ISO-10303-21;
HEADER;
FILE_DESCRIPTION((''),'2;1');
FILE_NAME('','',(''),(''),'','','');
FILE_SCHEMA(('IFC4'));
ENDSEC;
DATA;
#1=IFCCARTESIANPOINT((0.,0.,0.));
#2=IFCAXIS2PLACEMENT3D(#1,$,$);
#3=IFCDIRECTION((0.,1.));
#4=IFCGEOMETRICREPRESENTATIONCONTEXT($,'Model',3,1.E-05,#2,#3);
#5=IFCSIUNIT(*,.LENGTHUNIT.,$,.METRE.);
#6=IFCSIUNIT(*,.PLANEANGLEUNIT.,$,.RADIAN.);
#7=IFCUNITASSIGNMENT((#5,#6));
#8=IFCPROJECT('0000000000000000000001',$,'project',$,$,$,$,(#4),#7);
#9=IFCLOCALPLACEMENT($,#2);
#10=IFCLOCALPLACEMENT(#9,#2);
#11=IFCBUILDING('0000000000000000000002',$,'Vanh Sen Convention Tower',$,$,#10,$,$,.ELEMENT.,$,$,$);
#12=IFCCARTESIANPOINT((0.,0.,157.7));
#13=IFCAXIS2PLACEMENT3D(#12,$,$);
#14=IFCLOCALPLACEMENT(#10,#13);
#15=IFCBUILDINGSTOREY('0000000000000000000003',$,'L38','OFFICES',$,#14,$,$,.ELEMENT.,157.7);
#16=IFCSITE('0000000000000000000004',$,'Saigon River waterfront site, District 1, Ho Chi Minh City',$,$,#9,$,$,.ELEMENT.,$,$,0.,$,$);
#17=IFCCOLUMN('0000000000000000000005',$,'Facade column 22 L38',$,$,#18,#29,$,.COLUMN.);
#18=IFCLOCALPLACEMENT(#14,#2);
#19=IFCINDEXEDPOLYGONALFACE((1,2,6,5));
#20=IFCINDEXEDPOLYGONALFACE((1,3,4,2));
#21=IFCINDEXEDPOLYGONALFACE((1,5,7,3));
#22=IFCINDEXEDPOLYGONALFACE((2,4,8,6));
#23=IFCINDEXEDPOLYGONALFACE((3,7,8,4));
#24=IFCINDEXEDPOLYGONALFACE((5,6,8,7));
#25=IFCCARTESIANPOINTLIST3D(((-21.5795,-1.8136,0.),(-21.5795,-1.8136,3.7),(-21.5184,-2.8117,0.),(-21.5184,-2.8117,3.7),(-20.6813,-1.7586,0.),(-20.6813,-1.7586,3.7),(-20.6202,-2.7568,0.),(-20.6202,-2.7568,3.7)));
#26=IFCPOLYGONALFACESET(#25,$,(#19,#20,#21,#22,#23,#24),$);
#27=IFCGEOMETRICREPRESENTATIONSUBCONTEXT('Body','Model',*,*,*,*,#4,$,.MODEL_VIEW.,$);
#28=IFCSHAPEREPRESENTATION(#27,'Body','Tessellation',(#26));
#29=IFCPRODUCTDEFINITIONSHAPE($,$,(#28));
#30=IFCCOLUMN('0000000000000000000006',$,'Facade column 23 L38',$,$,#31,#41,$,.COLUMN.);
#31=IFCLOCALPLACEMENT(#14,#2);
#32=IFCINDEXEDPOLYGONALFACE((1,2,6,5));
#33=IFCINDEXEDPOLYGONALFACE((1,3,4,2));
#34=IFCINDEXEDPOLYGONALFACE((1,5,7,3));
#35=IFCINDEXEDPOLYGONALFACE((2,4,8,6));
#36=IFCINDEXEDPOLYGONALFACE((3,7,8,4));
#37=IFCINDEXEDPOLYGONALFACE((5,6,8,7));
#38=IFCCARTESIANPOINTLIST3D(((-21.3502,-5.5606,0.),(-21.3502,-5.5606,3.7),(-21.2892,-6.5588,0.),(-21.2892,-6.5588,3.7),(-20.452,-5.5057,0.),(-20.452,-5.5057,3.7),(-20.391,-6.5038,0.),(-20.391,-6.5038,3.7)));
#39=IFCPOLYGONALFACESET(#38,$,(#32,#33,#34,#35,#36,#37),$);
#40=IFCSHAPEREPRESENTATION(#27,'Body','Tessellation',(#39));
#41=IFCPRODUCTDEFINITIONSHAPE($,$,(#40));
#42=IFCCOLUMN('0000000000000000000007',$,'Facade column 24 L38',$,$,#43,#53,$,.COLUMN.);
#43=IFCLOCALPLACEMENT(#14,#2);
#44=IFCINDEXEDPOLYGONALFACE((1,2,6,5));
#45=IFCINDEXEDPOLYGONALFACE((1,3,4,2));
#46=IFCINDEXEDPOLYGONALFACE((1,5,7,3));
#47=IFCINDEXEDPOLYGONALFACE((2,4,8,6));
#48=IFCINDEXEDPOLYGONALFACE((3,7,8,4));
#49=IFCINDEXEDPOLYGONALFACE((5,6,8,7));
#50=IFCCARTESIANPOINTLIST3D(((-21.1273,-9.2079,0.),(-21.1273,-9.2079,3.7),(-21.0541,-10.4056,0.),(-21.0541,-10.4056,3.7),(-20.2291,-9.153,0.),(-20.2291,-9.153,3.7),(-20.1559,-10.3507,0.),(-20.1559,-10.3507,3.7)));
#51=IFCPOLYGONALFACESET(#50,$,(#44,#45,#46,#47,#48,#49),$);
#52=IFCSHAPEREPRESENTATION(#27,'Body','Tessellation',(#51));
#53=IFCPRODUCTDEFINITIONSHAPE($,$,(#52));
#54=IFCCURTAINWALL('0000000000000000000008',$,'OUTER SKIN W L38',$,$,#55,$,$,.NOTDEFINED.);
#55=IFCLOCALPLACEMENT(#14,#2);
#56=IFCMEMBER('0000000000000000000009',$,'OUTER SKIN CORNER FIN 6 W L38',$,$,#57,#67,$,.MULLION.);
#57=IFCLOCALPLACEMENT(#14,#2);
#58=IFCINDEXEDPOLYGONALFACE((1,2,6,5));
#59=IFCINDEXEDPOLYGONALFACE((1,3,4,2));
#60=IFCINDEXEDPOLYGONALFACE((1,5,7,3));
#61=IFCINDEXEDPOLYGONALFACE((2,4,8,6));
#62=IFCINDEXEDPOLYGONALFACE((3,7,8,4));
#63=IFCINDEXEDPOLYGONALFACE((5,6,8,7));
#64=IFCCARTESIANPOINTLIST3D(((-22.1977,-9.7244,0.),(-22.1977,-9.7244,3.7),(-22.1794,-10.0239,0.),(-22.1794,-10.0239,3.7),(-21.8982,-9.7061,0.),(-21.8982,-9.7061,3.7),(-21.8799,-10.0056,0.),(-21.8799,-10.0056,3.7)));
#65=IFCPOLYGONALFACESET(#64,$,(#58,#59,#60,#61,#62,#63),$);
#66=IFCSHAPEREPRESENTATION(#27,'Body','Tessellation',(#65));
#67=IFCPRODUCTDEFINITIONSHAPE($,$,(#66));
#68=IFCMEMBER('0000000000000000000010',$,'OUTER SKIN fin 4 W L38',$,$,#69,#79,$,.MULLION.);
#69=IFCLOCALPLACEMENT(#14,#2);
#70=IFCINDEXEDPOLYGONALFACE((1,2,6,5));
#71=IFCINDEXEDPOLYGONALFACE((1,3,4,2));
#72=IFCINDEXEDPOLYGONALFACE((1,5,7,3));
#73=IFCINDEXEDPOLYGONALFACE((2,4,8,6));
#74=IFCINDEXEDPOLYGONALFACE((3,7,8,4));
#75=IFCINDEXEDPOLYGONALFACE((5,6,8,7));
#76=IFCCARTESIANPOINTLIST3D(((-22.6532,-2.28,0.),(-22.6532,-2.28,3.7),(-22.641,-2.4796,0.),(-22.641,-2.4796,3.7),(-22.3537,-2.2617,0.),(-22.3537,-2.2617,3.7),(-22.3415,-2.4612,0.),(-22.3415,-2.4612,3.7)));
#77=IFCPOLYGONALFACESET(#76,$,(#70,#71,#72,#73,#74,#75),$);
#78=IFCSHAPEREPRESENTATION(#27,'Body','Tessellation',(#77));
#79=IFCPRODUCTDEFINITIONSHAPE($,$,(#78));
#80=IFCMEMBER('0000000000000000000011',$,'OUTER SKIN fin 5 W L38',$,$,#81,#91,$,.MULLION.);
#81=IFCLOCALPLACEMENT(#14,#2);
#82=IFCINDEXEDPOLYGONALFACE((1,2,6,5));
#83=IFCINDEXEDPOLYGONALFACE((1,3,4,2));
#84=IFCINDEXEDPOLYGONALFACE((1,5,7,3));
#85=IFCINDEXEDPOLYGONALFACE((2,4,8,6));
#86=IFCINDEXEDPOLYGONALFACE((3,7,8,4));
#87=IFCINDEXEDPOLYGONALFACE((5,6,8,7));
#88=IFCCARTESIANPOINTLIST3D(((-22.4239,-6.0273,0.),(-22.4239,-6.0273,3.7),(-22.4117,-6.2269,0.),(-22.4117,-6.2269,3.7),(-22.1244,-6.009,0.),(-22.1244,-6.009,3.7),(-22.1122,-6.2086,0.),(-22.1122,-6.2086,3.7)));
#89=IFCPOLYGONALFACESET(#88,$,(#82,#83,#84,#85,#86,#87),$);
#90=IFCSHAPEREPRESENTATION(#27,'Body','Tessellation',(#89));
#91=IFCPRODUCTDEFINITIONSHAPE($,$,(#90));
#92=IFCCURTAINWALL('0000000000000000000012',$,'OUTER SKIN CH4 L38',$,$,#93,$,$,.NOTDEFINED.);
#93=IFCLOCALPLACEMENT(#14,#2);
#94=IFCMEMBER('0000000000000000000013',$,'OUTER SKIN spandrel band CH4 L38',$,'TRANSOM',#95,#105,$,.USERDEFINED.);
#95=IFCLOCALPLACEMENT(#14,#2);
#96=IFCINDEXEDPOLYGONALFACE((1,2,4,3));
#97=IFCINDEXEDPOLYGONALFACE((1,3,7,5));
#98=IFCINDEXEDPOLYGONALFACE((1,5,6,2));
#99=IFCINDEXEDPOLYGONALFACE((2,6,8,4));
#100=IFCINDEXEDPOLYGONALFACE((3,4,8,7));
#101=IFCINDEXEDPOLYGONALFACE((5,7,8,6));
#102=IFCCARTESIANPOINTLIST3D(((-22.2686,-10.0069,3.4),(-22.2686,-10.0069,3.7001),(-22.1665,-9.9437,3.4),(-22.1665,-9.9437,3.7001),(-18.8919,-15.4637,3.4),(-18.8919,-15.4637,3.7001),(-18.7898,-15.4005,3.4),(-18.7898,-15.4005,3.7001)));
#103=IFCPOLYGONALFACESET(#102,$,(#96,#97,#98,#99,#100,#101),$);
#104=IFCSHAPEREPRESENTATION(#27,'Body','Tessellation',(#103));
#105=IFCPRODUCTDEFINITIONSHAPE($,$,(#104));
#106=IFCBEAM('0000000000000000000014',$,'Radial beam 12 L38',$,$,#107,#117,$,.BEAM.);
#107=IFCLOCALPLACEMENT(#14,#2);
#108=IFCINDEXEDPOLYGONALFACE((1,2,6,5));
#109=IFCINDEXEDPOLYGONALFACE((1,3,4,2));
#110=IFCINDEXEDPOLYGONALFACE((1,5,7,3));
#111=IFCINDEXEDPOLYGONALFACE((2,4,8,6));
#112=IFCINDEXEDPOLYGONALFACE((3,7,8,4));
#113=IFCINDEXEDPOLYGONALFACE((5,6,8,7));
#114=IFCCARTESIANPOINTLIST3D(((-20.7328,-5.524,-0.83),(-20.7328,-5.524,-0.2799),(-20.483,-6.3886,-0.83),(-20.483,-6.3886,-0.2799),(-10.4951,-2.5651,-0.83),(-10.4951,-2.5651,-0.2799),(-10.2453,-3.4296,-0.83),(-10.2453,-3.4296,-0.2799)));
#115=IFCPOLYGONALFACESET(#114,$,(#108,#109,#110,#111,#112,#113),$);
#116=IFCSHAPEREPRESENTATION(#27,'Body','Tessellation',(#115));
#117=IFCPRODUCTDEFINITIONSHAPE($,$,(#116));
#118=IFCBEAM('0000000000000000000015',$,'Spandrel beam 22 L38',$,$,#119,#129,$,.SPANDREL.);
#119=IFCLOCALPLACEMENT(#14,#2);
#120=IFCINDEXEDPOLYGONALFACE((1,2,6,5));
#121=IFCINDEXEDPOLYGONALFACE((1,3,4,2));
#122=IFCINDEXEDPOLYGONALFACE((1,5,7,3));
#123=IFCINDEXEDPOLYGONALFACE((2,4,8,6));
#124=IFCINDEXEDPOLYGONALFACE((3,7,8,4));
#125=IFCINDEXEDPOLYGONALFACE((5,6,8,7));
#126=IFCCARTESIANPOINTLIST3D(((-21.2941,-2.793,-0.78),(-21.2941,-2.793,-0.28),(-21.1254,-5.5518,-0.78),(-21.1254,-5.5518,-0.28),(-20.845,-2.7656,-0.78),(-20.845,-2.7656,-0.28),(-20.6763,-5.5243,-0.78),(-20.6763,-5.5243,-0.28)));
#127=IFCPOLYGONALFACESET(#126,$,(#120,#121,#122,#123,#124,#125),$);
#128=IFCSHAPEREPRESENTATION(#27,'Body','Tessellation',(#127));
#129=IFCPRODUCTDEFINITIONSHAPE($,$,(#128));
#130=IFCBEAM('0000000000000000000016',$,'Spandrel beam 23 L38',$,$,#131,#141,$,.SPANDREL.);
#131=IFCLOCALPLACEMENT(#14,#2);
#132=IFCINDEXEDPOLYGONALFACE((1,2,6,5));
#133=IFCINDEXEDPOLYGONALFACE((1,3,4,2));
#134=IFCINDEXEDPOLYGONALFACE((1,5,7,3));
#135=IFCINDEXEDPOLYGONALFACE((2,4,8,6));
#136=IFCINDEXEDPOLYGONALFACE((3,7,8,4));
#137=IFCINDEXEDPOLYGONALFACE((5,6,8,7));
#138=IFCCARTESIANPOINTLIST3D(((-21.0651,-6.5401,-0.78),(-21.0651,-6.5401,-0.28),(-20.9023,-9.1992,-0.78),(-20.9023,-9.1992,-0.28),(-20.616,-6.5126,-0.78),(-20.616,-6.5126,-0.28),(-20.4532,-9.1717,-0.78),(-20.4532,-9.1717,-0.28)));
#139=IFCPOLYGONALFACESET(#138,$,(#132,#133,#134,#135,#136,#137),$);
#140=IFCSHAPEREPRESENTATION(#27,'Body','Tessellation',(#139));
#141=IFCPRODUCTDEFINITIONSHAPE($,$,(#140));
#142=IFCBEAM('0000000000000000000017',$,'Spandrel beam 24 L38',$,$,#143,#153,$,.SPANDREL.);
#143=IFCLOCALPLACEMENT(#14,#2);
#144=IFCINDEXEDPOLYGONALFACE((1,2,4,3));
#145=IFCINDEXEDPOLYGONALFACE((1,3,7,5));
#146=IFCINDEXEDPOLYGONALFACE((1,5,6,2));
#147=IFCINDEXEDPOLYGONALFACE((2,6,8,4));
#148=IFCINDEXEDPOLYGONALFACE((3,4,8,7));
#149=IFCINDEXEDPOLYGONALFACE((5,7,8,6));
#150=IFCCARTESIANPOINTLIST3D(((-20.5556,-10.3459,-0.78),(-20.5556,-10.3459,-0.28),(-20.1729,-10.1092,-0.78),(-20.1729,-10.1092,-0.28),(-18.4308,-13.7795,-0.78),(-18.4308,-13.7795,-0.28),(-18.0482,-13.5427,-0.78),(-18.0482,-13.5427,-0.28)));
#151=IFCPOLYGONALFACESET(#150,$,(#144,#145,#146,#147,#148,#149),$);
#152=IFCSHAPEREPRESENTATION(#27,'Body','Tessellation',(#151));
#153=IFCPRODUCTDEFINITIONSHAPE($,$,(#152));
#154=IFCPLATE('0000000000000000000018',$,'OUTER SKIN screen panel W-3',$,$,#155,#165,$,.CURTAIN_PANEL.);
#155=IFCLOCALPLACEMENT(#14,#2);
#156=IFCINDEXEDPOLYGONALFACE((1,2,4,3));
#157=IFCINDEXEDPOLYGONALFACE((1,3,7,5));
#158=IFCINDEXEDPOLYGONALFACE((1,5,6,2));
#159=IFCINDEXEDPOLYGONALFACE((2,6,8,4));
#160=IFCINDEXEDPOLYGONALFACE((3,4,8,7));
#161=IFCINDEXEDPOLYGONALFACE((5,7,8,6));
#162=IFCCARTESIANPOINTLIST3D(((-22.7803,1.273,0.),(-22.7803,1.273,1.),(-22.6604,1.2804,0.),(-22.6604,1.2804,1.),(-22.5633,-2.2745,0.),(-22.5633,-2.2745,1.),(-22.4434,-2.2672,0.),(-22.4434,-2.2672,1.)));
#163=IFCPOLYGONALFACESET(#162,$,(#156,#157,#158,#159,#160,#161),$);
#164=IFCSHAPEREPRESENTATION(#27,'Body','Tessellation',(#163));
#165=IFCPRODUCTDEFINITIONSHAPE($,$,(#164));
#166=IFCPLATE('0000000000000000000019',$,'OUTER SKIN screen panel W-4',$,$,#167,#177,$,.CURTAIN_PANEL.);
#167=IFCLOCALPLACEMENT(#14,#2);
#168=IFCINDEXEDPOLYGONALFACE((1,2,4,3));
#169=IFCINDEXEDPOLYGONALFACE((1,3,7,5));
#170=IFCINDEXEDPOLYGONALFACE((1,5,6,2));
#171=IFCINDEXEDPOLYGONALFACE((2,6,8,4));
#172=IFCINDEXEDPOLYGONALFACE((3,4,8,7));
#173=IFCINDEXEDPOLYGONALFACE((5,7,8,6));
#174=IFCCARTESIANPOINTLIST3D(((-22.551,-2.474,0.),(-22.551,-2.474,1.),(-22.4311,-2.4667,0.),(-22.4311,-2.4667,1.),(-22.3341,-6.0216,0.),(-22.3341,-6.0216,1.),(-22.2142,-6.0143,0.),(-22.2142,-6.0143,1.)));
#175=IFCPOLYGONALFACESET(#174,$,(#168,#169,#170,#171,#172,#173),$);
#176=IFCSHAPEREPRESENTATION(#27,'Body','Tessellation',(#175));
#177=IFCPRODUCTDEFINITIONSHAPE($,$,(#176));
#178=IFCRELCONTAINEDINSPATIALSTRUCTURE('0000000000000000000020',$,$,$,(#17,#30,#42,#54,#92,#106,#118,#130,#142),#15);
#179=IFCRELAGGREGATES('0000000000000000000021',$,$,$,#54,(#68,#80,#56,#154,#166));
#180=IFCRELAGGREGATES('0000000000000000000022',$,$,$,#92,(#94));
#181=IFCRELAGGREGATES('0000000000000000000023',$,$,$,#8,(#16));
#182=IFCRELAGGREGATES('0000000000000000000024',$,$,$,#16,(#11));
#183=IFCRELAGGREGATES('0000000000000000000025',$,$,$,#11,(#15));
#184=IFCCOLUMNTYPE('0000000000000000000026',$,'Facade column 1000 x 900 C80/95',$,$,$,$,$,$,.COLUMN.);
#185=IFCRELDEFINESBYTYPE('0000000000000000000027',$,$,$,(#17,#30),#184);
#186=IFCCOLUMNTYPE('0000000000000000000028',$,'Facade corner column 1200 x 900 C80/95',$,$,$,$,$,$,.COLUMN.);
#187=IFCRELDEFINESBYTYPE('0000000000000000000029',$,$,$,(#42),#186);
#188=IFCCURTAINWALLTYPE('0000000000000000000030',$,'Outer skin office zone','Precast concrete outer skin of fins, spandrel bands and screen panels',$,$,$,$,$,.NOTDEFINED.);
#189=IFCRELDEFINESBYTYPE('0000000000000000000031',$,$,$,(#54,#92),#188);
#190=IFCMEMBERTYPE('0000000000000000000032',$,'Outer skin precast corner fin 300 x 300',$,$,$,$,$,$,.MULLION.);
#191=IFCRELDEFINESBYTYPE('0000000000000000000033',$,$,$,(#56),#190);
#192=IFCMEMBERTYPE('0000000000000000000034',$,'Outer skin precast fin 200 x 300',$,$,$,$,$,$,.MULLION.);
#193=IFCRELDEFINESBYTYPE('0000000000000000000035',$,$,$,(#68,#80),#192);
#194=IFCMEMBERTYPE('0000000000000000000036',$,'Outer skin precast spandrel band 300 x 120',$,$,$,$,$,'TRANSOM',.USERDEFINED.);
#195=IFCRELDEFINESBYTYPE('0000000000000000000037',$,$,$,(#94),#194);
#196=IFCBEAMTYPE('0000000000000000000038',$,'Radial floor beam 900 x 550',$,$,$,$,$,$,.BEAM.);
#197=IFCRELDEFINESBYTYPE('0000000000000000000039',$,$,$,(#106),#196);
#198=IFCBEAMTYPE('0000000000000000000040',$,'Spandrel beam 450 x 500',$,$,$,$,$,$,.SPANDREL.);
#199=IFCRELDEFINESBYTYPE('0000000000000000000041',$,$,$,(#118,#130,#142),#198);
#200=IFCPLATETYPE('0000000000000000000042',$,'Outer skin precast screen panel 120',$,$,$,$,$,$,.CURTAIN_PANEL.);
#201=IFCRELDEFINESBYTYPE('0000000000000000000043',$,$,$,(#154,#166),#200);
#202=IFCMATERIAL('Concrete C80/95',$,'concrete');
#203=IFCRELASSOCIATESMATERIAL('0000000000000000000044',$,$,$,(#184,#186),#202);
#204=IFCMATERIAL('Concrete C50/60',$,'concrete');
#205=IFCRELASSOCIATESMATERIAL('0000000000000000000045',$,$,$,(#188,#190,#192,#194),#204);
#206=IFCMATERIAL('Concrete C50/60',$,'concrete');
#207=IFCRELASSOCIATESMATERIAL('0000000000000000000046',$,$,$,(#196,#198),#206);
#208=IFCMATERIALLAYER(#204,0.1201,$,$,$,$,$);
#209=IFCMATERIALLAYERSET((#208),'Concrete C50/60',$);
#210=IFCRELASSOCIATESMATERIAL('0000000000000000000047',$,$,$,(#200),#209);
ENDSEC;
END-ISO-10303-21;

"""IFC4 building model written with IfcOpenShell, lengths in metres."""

from ifc_helpers import new_model, si_unit, direction, frame, origin, origin_2d, place, context, subcontext, project, spatial, rectangle, extrude, material, layer, layer_set, material_profile, profile_set, type_object, element, aggregate, save


model = new_model("IFC4")

# Units and contexts
model_context = context("Model", 3, precision=1e-05, world=origin(), true_north=direction((0.0, 1.0)))
body_context = subcontext(model_context, "Body", "Model", "MODEL_VIEW")
ifc_project = project(units=[si_unit("LENGTHUNIT", "METRE"), si_unit("PLANEANGLEUNIT", "RADIAN")], contexts=[model_context])

# Site, building, storey
site_placement = place(None, origin())
site = spatial("IfcSite", under=ifc_project, at=site_placement, Name="Saigon River waterfront site, District 1, Ho Chi Minh City", CompositionType="ELEMENT", RefElevation=0.0)
building_placement = place(site_placement, origin())
building = spatial("IfcBuilding", under=site, at=building_placement, Name="Vanh Sen Convention Tower", CompositionType="ELEMENT")
storey_placement = place(building_placement, frame((0.0, 0.0, 157.7)))
storey = spatial("IfcBuildingStorey", under=building, at=storey_placement, Name="L38", Description="OFFICES", CompositionType="ELEMENT", Elevation=157.7)

# Columns
ifc_material_1 = material(Name="Concrete C80/95", Category="concrete")
ifc_material_profile_1 = material_profile(ifc_material_1, rectangle(XDim=1.0, YDim=0.8999, at=origin_2d()), Name="RC 1000X900")
ifc_profile_set_1 = profile_set([ifc_material_profile_1], Name="Concrete C80/95")
column_type_1 = type_object("IfcColumnType", Name="Facade column 1000 x 900 C80/95", PredefinedType="COLUMN", material=ifc_profile_set_1)
for number, where, z_axis, x_axis, name in (
    (1, (-21.0999, -2.2852, 0.0), (0.0, 0.0, 1.0), (0.061049, -0.998135, 0.0), "Facade column 22 L38"),
    (2, (-20.8706, -6.0322, 0.0), (0.0, 0.0, 1.0), (0.061049, -0.998135, 0.0), "Facade column 23 L38"),
):
    element("IfcColumn", number, at=place(storey_placement, frame(where, z_axis=z_axis, x_axis=x_axis)), inside=storey, type_object=column_type_1, Name=name, PredefinedType="COLUMN", context=body_context, shape_type="SweptSolid", body=[
        extrude(rectangle(XDim=1.0, YDim=0.8999, at=origin_2d()), origin(), (0.0, 0.0, 1.0), 3.7),
    ])
ifc_material_profile_2 = material_profile(ifc_material_1, rectangle(XDim=1.2, YDim=0.8999, at=origin_2d()), Name="RC 1200X900")
ifc_profile_set_2 = profile_set([ifc_material_profile_2], Name="Concrete C80/95")
column_type_2 = type_object("IfcColumnType", Name="Facade corner column 1200 x 900 C80/95", PredefinedType="COLUMN", material=ifc_profile_set_2)
column_placement = place(storey_placement, frame((-20.6416, -9.7793, 0.0), z_axis=(0.0, 0.0, 1.0), x_axis=(0.061049, -0.998135, 0.0)))
element("IfcColumn", 3, at=column_placement, inside=storey, type_object=column_type_2, Name="Facade column 24 L38", PredefinedType="COLUMN", context=body_context, shape_type="SweptSolid", body=[
    extrude(rectangle(XDim=1.2, YDim=0.8999, at=origin_2d()), origin(), (0.0, 0.0, 1.0), 3.7),
])

# Curtain wall, members
ifc_material_2 = material(Name="Concrete C50/60", Category="concrete")
curtain_wall_type = type_object("IfcCurtainWallType", Name="Outer skin office zone", Description="Precast concrete outer skin of fins, spandrel bands and screen panels", PredefinedType="NOTDEFINED", material=ifc_material_2)
curtain_wall_1_placement = place(storey_placement, origin())
curtain_wall_1 = element("IfcCurtainWall", 4, at=curtain_wall_1_placement, inside=storey, type_object=curtain_wall_type, Name="OUTER SKIN W L38", PredefinedType="NOTDEFINED")
ifc_material_profile_3 = material_profile(ifc_material_2, rectangle(XDim=0.3, YDim=0.3, at=origin_2d()), Name="Outer skin precast corner fin 300 x 300")
ifc_profile_set_3 = profile_set([ifc_material_profile_3], Name="Concrete C50/60")
member_type_1 = type_object("IfcMemberType", Name="Outer skin precast corner fin 300 x 300", PredefinedType="MULLION", material=ifc_profile_set_3)
member_1_placement = place(storey_placement, frame((-22.0388, -9.865, 0.0), z_axis=(0.0, 0.0, 1.0), x_axis=(0.061049, -0.998135, 0.0)))
member_1 = element("IfcMember", 5, at=member_1_placement, type_object=member_type_1, Name="OUTER SKIN CORNER FIN 6 W L38", PredefinedType="MULLION", context=body_context, shape_type="SweptSolid", body=[
    extrude(rectangle(XDim=0.3, YDim=0.3, at=origin_2d()), origin(), (0.0, 0.0, 1.0), 3.7),
])
ifc_material_profile_4 = material_profile(ifc_material_2, rectangle(XDim=0.2, YDim=0.3, at=origin_2d()), Name="Outer skin precast fin 200 x 300")
ifc_profile_set_4 = profile_set([ifc_material_profile_4], Name="Concrete C50/60")
member_type_2 = type_object("IfcMemberType", Name="Outer skin precast fin 200 x 300", PredefinedType="MULLION", material=ifc_profile_set_4)
member_2_placement = place(storey_placement, frame((-22.4973, -2.3706, 0.0), z_axis=(0.0, 0.0, 1.0), x_axis=(0.061049, -0.998135, 0.0)))
member_2 = element("IfcMember", 6, at=member_2_placement, type_object=member_type_2, Name="OUTER SKIN fin 4 W L38", PredefinedType="MULLION", context=body_context, shape_type="SweptSolid", body=[
    extrude(rectangle(XDim=0.2, YDim=0.3, at=origin_2d()), origin(), (0.0, 0.0, 1.0), 3.7),
])
member_3_placement = place(storey_placement, frame((-22.2681, -6.1179, 0.0), z_axis=(0.0, 0.0, 1.0), x_axis=(0.061049, -0.998135, 0.0)))
member_3 = element("IfcMember", 7, at=member_3_placement, type_object=member_type_2, Name="OUTER SKIN fin 5 W L38", PredefinedType="MULLION", context=body_context, shape_type="SweptSolid", body=[
    extrude(rectangle(XDim=0.2, YDim=0.3, at=origin_2d()), origin(), (0.0, 0.0, 1.0), 3.7),
])

# Curtain wall, member
curtain_wall_2_placement = place(storey_placement, origin())
curtain_wall_2 = element("IfcCurtainWall", 8, at=curtain_wall_2_placement, inside=storey, type_object=curtain_wall_type, Name="OUTER SKIN CH4 L38", PredefinedType="NOTDEFINED")
ifc_material_profile_5 = material_profile(ifc_material_2, rectangle(XDim=0.1201, YDim=0.3, at=origin_2d()), Name="Outer skin precast spandrel band 300 x 120")
ifc_profile_set_5 = profile_set([ifc_material_profile_5], Name="Concrete C50/60")
member_type_3 = type_object("IfcMemberType", Name="Outer skin precast spandrel band 300 x 120", ElementType="TRANSOM", PredefinedType="USERDEFINED", material=ifc_profile_set_5)
member_4_placement = place(storey_placement, frame((-22.2175, -9.9753, 3.55), z_axis=(0.526208, -0.850356, 0.0), x_axis=(0.850356, 0.526208, 0.0)))
member_4 = element("IfcMember", 9, at=member_4_placement, type_object=member_type_3, Name="OUTER SKIN spandrel band CH4 L38", ObjectType="TRANSOM", PredefinedType="USERDEFINED", context=body_context, shape_type="SweptSolid", body=[
    extrude(rectangle(XDim=0.1201, YDim=0.3, at=origin_2d()), origin(), (0.0, 0.0, 1.0), 6.417),
])

# Beams
ifc_material_3 = material(Name="Concrete C50/60", Category="concrete")
ifc_material_profile_6 = material_profile(ifc_material_3, rectangle(XDim=0.8999, YDim=0.55, at=origin_2d()), Name="RC 900X550")
ifc_profile_set_6 = profile_set([ifc_material_profile_6], Name="Concrete C50/60")
beam_type_1 = type_object("IfcBeamType", Name="Radial floor beam 900 x 550", PredefinedType="BEAM", material=ifc_profile_set_6)
beam_1_placement = place(storey_placement, frame((-20.6079, -5.9563, -0.5549), z_axis=(0.960679, 0.277661, 0.0), x_axis=(-0.277661, 0.960679, 0.0)))
element("IfcBeam", 10, at=beam_1_placement, inside=storey, type_object=beam_type_1, Name="Radial beam 12 L38", PredefinedType="BEAM", context=body_context, shape_type="SweptSolid", body=[
    extrude(rectangle(XDim=0.8999, YDim=0.55, at=origin_2d()), origin(), (0.0, 0.0, 1.0), 10.6567),
])
ifc_material_profile_7 = material_profile(ifc_material_3, rectangle(XDim=0.45, YDim=0.5, at=origin_2d()), Name="RC 450X500")
ifc_profile_set_7 = profile_set([ifc_material_profile_7], Name="Concrete C50/60")
beam_type_2 = type_object("IfcBeamType", Name="Spandrel beam 450 x 500", PredefinedType="SPANDREL", material=ifc_profile_set_7)
beam_2_placement = place(storey_placement, frame((-21.0696, -2.7793, -0.53), z_axis=(0.061036, -0.998136, 0.0), x_axis=(0.998136, 0.061036, 0.0)))
element("IfcBeam", 11, at=beam_2_placement, inside=storey, type_object=beam_type_2, Name="Spandrel beam 22 L38", PredefinedType="SPANDREL", context=body_context, shape_type="SweptSolid", body=[
    extrude(rectangle(XDim=0.45, YDim=0.5, at=origin_2d()), origin(), (0.0, 0.0, 1.0), 2.7639),
])
beam_3_placement = place(storey_placement, frame((-20.8406, -6.5264, -0.53), z_axis=(0.061123, -0.99813, 0.0), x_axis=(0.99813, 0.061123, 0.0)))
element("IfcBeam", 12, at=beam_3_placement, inside=storey, type_object=beam_type_2, Name="Spandrel beam 23 L38", PredefinedType="SPANDREL", context=body_context, shape_type="SweptSolid", body=[
    extrude(rectangle(XDim=0.45, YDim=0.5, at=origin_2d()), origin(), (0.0, 0.0, 1.0), 2.6641),
])
beam_4_placement = place(storey_placement, frame((-20.3643, -10.2275, -0.53), z_axis=(0.526211, -0.850354, 0.0), x_axis=(0.850354, 0.526211, 0.0)))
element("IfcBeam", 13, at=beam_4_placement, inside=storey, type_object=beam_type_2, Name="Spandrel beam 24 L38", PredefinedType="SPANDREL", context=body_context, shape_type="SweptSolid", body=[
    extrude(rectangle(XDim=0.45, YDim=0.5, at=origin_2d()), origin(), (0.0, 0.0, 1.0), 4.0378),
])

# Plates
ifc_layer_1 = layer(ifc_material_2, 0.1201)
ifc_layer_set_1 = layer_set([ifc_layer_1], Name="Concrete C50/60")
plate_type = type_object("IfcPlateType", Name="Outer skin precast screen panel 120", PredefinedType="CURTAIN_PANEL", material=ifc_layer_set_1)
plate_1_placement = place(storey_placement, frame((-22.6118, -0.4971, 0.0), z_axis=(0.0, 0.0, 1.0), x_axis=(0.061054, -0.998134, 0.0)))
plate_1 = element("IfcPlate", 14, at=plate_1_placement, type_object=plate_type, Name="OUTER SKIN screen panel W-3", PredefinedType="CURTAIN_PANEL", context=body_context, shape_type="SweptSolid", body=[
    extrude(rectangle(XDim=3.5542, YDim=0.1201, at=origin_2d()), origin(), (0.0, 0.0, 1.0), 1.0),
])
plate_2_placement = place(storey_placement, frame((-22.3826, -4.2441, 0.0), z_axis=(0.0, 0.0, 1.0), x_axis=(0.061026, -0.998136, 0.0)))
plate_2 = element("IfcPlate", 15, at=plate_2_placement, type_object=plate_type, Name="OUTER SKIN screen panel W-4", PredefinedType="CURTAIN_PANEL", context=body_context, shape_type="SweptSolid", body=[
    extrude(rectangle(XDim=3.5542, YDim=0.1201, at=origin_2d()), origin(), (0.0, 0.0, 1.0), 1.0),
])
aggregate(curtain_wall_1, [member_2, member_3, member_1, plate_1, plate_2])
aggregate(curtain_wall_2, [member_4])

save(model, "model.ifc")
